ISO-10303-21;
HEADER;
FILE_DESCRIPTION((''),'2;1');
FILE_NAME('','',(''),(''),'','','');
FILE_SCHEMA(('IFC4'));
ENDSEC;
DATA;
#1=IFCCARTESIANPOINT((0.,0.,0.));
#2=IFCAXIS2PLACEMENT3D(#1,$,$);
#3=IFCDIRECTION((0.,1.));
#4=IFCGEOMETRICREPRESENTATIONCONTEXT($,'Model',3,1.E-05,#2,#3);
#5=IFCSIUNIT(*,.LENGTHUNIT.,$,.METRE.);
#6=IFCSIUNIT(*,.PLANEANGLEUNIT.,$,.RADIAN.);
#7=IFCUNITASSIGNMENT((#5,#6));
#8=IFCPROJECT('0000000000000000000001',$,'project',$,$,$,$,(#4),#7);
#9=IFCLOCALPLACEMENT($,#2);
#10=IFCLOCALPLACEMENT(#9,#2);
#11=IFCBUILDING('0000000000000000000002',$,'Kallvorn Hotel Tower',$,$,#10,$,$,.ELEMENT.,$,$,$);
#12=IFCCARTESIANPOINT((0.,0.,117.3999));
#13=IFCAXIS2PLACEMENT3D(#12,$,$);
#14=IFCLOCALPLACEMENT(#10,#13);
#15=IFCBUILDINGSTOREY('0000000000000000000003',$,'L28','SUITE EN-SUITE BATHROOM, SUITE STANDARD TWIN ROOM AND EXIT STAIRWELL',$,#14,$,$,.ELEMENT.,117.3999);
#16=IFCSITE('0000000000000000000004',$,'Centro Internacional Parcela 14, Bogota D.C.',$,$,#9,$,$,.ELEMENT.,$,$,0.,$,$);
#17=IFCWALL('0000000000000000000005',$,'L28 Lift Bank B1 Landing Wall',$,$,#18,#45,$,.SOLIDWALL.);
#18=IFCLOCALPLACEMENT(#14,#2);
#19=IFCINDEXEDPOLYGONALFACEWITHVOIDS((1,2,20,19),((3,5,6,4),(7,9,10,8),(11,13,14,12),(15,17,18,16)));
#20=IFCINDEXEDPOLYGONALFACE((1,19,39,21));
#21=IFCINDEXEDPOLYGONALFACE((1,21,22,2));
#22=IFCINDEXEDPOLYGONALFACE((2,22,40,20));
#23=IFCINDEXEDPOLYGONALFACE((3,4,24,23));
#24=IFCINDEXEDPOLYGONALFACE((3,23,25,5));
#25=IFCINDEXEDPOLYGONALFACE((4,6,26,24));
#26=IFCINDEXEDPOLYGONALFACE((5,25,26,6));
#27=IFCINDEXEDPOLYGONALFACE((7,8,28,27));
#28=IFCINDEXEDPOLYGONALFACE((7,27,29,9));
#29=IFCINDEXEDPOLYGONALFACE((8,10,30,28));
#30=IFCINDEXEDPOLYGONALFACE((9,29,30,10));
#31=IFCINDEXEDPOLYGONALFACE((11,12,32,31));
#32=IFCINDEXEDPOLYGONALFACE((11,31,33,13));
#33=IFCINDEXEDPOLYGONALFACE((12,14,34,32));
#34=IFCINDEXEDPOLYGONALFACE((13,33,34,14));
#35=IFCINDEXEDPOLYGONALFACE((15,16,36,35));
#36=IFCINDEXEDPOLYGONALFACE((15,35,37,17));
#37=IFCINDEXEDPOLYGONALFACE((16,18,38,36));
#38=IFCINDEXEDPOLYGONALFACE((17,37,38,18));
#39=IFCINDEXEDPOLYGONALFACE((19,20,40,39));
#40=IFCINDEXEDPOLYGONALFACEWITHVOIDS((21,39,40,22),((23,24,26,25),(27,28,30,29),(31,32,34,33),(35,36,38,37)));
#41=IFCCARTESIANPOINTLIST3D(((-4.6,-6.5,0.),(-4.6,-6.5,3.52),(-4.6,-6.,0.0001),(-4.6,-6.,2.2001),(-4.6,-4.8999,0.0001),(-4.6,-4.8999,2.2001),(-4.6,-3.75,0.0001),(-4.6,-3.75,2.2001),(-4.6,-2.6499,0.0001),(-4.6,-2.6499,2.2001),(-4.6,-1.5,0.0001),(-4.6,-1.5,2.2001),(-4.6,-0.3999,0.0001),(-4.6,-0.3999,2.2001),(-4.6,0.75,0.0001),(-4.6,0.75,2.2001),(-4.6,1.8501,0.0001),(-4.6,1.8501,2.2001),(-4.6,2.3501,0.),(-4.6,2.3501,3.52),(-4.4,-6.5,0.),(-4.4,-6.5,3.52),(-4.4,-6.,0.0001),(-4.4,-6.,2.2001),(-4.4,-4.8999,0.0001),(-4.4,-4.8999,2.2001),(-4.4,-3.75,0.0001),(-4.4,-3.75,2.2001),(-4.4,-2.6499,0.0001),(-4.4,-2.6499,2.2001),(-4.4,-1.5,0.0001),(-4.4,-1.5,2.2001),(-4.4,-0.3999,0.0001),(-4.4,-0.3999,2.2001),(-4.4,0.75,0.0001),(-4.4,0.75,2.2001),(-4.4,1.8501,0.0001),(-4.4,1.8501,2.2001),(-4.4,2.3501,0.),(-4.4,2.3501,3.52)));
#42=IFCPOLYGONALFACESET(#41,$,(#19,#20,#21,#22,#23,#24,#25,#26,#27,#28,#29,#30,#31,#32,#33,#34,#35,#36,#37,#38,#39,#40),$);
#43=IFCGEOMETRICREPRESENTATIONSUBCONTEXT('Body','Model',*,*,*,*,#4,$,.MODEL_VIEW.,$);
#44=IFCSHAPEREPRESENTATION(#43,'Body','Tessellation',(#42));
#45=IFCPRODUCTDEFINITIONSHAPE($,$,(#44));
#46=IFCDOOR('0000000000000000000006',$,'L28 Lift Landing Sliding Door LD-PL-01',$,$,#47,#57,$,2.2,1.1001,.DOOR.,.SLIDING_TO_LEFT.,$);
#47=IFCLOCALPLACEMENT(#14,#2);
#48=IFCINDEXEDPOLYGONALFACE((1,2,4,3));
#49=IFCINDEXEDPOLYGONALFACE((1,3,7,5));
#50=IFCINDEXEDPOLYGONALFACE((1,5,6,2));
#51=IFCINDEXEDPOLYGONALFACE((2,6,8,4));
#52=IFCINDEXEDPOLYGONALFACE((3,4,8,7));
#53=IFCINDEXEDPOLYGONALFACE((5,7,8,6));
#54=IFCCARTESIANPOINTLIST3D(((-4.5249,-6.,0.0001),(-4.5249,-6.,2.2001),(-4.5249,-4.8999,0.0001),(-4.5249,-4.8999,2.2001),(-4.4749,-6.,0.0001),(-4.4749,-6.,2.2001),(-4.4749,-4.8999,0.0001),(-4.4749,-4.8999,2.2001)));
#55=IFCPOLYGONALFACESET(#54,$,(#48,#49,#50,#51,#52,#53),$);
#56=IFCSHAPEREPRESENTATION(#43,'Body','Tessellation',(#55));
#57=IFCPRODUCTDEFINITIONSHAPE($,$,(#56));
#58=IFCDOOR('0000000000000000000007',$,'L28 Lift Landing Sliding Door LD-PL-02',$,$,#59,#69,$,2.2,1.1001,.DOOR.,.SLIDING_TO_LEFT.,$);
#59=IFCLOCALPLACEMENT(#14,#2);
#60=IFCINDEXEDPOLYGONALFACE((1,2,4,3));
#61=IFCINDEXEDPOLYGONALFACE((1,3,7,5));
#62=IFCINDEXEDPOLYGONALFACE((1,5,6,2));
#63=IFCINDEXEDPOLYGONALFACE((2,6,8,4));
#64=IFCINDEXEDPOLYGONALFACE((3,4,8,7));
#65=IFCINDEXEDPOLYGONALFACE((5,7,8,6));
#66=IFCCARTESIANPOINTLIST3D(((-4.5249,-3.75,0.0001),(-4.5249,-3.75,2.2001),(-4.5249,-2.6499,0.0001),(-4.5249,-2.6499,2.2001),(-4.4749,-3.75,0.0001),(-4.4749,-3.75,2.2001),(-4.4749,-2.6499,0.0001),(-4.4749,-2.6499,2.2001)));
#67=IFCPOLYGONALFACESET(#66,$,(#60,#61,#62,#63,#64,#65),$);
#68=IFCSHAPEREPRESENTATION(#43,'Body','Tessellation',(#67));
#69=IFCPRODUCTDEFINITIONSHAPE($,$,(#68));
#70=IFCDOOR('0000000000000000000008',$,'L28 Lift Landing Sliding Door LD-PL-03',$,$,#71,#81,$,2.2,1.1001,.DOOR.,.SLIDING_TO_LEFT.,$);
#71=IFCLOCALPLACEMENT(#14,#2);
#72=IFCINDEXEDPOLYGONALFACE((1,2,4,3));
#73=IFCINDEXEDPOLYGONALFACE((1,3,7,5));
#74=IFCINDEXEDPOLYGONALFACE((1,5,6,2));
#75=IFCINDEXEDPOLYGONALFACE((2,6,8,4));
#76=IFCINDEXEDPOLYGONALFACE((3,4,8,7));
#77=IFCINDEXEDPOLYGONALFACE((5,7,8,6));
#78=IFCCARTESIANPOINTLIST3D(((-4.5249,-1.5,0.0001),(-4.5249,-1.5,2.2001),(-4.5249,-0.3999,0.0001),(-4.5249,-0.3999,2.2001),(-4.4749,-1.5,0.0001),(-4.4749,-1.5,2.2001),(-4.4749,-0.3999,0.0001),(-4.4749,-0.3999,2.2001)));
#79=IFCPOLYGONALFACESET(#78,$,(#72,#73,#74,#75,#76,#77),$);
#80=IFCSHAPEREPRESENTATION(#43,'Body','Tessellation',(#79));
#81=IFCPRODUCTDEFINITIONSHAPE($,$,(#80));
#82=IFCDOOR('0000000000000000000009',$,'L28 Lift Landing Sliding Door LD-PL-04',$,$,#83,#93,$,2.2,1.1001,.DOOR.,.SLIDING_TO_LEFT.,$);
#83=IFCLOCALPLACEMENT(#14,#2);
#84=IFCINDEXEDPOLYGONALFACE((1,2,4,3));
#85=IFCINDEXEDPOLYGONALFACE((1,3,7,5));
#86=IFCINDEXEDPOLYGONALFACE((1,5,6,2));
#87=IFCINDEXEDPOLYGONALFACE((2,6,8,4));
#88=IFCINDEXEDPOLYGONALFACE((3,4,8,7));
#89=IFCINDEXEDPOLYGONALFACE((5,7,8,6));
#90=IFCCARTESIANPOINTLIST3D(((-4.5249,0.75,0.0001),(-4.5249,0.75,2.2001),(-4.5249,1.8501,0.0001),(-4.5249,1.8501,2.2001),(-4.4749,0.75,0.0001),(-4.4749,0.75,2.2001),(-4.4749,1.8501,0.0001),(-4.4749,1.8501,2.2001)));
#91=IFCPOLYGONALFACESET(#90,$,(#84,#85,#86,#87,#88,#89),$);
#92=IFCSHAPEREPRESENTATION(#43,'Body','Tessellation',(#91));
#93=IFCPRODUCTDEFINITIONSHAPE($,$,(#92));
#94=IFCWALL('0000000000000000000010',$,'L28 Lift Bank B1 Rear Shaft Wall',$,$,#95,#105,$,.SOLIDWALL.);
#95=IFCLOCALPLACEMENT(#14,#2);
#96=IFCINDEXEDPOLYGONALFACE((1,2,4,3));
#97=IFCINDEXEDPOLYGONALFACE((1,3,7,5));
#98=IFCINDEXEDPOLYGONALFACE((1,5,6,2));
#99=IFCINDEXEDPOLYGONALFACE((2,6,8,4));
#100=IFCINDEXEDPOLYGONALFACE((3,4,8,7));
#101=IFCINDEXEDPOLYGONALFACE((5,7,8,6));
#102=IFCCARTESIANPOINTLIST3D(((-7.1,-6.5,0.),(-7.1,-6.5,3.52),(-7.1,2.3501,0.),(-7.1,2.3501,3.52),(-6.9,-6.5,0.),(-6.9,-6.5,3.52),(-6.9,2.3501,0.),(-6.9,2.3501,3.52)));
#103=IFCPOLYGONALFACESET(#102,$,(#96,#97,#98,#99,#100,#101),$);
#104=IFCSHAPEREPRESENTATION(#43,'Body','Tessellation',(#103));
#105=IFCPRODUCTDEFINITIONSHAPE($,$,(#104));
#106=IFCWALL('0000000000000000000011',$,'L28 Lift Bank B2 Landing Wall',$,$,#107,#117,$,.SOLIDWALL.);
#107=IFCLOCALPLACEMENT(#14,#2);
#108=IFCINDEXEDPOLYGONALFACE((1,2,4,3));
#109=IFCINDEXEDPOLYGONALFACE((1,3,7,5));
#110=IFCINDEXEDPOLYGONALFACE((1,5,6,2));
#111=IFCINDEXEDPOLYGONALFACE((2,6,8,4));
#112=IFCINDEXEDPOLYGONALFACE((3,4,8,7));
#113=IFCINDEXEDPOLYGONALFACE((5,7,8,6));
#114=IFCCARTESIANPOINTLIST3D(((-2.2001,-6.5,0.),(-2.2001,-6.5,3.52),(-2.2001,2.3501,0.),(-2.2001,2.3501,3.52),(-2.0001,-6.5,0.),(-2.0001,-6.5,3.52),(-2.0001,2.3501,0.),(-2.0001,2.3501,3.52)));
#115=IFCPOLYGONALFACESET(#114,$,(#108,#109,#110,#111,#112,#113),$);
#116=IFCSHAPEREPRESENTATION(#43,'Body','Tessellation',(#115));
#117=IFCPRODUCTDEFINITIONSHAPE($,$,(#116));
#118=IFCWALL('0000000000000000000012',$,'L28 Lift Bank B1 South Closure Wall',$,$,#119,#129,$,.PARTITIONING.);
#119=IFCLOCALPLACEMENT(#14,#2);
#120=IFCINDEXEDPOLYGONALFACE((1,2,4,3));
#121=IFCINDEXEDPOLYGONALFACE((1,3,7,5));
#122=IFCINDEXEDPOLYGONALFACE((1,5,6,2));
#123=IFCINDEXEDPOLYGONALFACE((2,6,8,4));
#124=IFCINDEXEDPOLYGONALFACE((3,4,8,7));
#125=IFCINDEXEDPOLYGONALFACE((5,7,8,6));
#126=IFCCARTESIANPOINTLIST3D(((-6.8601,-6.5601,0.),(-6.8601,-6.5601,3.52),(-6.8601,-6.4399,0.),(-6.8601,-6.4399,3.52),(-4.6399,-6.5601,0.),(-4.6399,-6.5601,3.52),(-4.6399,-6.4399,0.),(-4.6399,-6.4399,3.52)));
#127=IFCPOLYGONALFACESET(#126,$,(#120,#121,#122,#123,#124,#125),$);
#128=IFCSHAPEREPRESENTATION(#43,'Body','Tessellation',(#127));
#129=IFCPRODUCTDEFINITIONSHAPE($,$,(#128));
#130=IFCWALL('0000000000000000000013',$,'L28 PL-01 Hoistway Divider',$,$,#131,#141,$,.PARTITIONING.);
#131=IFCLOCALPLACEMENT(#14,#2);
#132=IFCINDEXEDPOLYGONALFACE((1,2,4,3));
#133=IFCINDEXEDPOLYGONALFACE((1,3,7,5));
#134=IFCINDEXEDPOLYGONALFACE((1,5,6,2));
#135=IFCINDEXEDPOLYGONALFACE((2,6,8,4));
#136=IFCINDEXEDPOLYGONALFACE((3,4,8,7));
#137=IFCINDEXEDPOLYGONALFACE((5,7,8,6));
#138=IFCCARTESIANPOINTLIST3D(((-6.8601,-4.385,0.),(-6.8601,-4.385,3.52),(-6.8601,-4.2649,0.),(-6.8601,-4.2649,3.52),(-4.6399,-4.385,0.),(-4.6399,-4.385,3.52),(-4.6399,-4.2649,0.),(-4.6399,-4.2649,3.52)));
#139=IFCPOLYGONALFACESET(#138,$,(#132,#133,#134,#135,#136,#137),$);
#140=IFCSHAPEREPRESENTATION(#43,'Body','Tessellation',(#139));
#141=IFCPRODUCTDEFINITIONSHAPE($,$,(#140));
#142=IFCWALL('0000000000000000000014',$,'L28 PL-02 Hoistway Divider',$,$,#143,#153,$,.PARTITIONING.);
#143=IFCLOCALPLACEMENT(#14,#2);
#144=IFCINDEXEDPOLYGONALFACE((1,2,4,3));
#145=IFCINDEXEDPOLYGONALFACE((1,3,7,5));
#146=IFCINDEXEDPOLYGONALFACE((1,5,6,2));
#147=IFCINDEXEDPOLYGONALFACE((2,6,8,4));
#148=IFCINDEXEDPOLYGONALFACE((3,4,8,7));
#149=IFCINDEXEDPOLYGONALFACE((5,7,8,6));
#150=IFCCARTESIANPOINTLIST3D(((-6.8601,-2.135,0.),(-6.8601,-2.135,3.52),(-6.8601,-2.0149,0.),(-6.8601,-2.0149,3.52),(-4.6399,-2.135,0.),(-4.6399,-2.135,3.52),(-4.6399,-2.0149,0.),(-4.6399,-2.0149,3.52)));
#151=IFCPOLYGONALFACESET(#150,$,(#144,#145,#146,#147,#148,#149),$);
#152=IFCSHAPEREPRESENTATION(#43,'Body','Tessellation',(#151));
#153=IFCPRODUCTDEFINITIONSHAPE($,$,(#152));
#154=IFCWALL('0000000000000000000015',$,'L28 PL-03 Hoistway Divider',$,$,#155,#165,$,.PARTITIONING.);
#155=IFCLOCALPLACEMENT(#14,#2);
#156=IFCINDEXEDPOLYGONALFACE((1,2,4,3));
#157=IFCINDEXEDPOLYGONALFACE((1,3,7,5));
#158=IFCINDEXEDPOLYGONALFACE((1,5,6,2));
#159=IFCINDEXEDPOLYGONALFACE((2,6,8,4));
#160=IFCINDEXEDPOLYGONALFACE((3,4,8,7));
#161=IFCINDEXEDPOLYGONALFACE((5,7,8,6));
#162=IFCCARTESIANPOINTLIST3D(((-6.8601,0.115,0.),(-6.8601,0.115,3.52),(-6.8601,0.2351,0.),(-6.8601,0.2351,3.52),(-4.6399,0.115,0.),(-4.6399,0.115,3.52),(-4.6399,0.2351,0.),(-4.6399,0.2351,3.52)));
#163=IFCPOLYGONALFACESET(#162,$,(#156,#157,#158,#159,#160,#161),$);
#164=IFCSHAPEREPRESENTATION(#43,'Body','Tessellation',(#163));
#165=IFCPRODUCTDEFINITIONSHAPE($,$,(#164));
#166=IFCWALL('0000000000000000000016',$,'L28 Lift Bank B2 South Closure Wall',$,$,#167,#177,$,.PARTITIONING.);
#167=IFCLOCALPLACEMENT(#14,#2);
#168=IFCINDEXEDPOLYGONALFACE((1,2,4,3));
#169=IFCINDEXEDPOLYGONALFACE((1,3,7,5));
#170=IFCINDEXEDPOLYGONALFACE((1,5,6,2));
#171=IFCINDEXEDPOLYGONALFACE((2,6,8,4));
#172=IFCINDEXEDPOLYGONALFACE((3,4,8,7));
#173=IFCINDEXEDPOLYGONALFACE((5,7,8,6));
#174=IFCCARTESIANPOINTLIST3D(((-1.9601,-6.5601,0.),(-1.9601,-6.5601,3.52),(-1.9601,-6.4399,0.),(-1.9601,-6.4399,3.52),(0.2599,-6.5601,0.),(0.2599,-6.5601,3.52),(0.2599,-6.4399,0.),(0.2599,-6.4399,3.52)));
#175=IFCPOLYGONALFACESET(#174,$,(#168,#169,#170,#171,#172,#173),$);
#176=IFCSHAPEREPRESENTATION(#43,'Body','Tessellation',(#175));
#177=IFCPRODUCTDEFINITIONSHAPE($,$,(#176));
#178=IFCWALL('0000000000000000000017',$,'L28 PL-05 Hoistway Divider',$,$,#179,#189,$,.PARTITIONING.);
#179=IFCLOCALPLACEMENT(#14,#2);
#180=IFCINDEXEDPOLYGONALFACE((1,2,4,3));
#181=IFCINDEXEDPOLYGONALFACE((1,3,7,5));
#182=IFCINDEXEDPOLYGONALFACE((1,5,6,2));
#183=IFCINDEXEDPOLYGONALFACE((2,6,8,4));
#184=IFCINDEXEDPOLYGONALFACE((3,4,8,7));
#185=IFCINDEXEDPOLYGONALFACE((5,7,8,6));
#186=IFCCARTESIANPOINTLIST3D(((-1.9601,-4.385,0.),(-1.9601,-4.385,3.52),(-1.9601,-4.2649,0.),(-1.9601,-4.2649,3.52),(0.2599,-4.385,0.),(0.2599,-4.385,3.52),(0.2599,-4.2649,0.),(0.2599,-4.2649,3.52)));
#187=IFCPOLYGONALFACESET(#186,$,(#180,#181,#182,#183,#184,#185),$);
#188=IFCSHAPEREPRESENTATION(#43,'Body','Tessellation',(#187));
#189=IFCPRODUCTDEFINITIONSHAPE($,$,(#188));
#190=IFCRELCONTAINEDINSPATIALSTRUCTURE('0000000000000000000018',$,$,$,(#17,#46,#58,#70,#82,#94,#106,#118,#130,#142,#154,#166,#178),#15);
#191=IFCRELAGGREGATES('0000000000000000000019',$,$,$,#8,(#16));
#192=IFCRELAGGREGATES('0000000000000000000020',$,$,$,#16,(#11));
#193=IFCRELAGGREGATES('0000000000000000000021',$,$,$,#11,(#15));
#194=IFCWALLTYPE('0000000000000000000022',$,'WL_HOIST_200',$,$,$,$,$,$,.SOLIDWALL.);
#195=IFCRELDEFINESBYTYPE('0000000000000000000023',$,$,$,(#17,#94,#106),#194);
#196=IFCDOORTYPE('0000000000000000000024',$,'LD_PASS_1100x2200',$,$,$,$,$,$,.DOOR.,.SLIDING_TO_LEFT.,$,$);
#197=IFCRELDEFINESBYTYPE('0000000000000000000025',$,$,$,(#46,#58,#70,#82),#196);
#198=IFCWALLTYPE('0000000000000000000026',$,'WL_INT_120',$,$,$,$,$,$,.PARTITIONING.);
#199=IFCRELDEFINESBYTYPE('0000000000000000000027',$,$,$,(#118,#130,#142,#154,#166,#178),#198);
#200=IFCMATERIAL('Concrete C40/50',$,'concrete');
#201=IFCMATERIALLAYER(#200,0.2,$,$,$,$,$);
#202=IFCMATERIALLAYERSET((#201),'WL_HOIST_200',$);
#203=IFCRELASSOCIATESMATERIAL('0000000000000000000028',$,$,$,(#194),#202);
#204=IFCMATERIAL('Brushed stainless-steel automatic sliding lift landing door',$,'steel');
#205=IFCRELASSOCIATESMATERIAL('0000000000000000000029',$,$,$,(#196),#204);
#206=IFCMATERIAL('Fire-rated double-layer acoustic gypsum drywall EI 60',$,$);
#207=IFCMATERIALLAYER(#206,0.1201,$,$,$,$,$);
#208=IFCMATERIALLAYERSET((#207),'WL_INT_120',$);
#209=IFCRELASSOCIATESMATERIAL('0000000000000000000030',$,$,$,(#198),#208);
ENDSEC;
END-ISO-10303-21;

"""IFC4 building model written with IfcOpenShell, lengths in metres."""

from ifc_helpers import new_model, si_unit, direction, frame, frame_2d, origin, place, context, subcontext, project, spatial, rectangle, extrude, material, layer, layer_set, type_object, element, fill, save


model = new_model("IFC4")

# Units and contexts
model_context = context("Model", 3, precision=1e-05, world=origin(), true_north=direction((0.0, 1.0)))
body_context = subcontext(model_context, "Body", "Model", "MODEL_VIEW")
ifc_project = project(units=[si_unit("LENGTHUNIT", "METRE"), si_unit("PLANEANGLEUNIT", "RADIAN")], contexts=[model_context])

# Site, building, storey
site_placement = place(None, origin())
site = spatial("IfcSite", under=ifc_project, at=site_placement, Name="Centro Internacional Parcela 14, Bogota D.C.", CompositionType="ELEMENT", RefElevation=0.0)
building_placement = place(site_placement, origin())
building = spatial("IfcBuilding", under=site, at=building_placement, Name="Kallvorn Hotel Tower", CompositionType="ELEMENT")
storey_placement = place(building_placement, frame((0.0, 0.0, 117.3999)))
storey = spatial("IfcBuildingStorey", under=building, at=storey_placement, Name="L28", Description="SUITE EN-SUITE BATHROOM, SUITE STANDARD TWIN ROOM AND EXIT STAIRWELL", CompositionType="ELEMENT", Elevation=117.3999)

# Wall, openings, doors
ifc_material_1 = material(Name="Concrete C40/50", Category="concrete")
ifc_layer_1 = layer(ifc_material_1, 0.2)
ifc_layer_set_1 = layer_set([ifc_layer_1], Name="WL_HOIST_200")
wall_type_1 = type_object("IfcWallType", Name="WL_HOIST_200", PredefinedType="SOLIDWALL", material=ifc_layer_set_1)
wall_1_placement = place(storey_placement, frame((-4.5, -6.5, 0.0), z_axis=(0.0, 0.0, 1.0), x_axis=(0.0, 1.0, 0.0)))
wall_1 = element("IfcWall", 1, at=wall_1_placement, inside=storey, type_object=wall_type_1, Name="L28 Lift Bank B1 Landing Wall", PredefinedType="SOLIDWALL", context=body_context, shape_type="SweptSolid", body=[
    extrude(rectangle(XDim=8.8501, YDim=0.2, at=frame_2d((4.425, 0.0))), origin(), (0.0, 0.0, 1.0), 3.52),
])
opening_1_placement = place(wall_1_placement, frame((0.5, 0.0, 0.0)))
opening_1 = element("IfcOpeningElement", 2, at=opening_1_placement, cuts=wall_1, PredefinedType="OPENING", context=body_context, shape_type="SweptSolid", body=[
    extrude(rectangle(XDim=1.1001, YDim=2.2, at=frame_2d((0.55, 1.1001))), frame((0.0, 0.115, 0.0), z_axis=(0.0, -1.0, 0.0), x_axis=(1.0, 0.0, 0.0)), (0.0, 0.0, 1.0), 0.23),
])
opening_2_placement = place(wall_1_placement, frame((2.75, 0.0, 0.0)))
opening_2 = element("IfcOpeningElement", 3, at=opening_2_placement, cuts=wall_1, PredefinedType="OPENING", context=body_context, shape_type="SweptSolid", body=[
    extrude(rectangle(XDim=1.1001, YDim=2.2, at=frame_2d((0.55, 1.1001))), frame((0.0, 0.115, 0.0), z_axis=(0.0, -1.0, 0.0), x_axis=(1.0, 0.0, 0.0)), (0.0, 0.0, 1.0), 0.23),
])
opening_3_placement = place(wall_1_placement, frame((5.0, 0.0, 0.0)))
opening_3 = element("IfcOpeningElement", 4, at=opening_3_placement, cuts=wall_1, PredefinedType="OPENING", context=body_context, shape_type="SweptSolid", body=[
    extrude(rectangle(XDim=1.1001, YDim=2.2, at=frame_2d((0.55, 1.1001))), frame((0.0, 0.115, 0.0), z_axis=(0.0, -1.0, 0.0), x_axis=(1.0, 0.0, 0.0)), (0.0, 0.0, 1.0), 0.23),
])
opening_4_placement = place(wall_1_placement, frame((7.25, 0.0, 0.0)))
opening_4 = element("IfcOpeningElement", 5, at=opening_4_placement, cuts=wall_1, PredefinedType="OPENING", context=body_context, shape_type="SweptSolid", body=[
    extrude(rectangle(XDim=1.1001, YDim=2.2, at=frame_2d((0.55, 1.1001))), frame((0.0, 0.115, 0.0), z_axis=(0.0, -1.0, 0.0), x_axis=(1.0, 0.0, 0.0)), (0.0, 0.0, 1.0), 0.23),
])
ifc_material_2 = material(Name="Brushed stainless-steel automatic sliding lift landing door", Category="steel")
door_type = type_object("IfcDoorType", Name="LD_PASS_1100x2200", OperationType="SLIDING_TO_LEFT", PredefinedType="DOOR", material=ifc_material_2)
door_1_placement = place(opening_1_placement, origin())
door_1 = element("IfcDoor", 6, at=door_1_placement, inside=storey, type_object=door_type, Name="L28 Lift Landing Sliding Door LD-PL-01", OperationType="SLIDING_TO_LEFT", OverallHeight=2.2, OverallWidth=1.1001, PredefinedType="DOOR", context=body_context, shape_type="SweptSolid", body=[
    extrude(rectangle(XDim=1.1001, YDim=2.2, at=frame_2d((0.55, 1.1001))), frame((0.0, 0.0249, 0.0), z_axis=(0.0, -1.0, 0.0), x_axis=(1.0, 0.0, 0.0)), (0.0, 0.0, 1.0), 0.05),
])
fill(opening_1, door_1)
door_2_placement = place(opening_2_placement, origin())
door_2 = element("IfcDoor", 7, at=door_2_placement, inside=storey, type_object=door_type, Name="L28 Lift Landing Sliding Door LD-PL-02", OperationType="SLIDING_TO_LEFT", OverallHeight=2.2, OverallWidth=1.1001, PredefinedType="DOOR", context=body_context, shape_type="SweptSolid", body=[
    extrude(rectangle(XDim=1.1001, YDim=2.2, at=frame_2d((0.55, 1.1001))), frame((0.0, 0.0249, 0.0), z_axis=(0.0, -1.0, 0.0), x_axis=(1.0, 0.0, 0.0)), (0.0, 0.0, 1.0), 0.05),
])
fill(opening_2, door_2)
door_3_placement = place(opening_3_placement, origin())
door_3 = element("IfcDoor", 8, at=door_3_placement, inside=storey, type_object=door_type, Name="L28 Lift Landing Sliding Door LD-PL-03", OperationType="SLIDING_TO_LEFT", OverallHeight=2.2, OverallWidth=1.1001, PredefinedType="DOOR", context=body_context, shape_type="SweptSolid", body=[
    extrude(rectangle(XDim=1.1001, YDim=2.2, at=frame_2d((0.55, 1.1001))), frame((0.0, 0.0249, 0.0), z_axis=(0.0, -1.0, 0.0), x_axis=(1.0, 0.0, 0.0)), (0.0, 0.0, 1.0), 0.05),
])
fill(opening_3, door_3)
door_4_placement = place(opening_4_placement, origin())
door_4 = element("IfcDoor", 9, at=door_4_placement, inside=storey, type_object=door_type, Name="L28 Lift Landing Sliding Door LD-PL-04", OperationType="SLIDING_TO_LEFT", OverallHeight=2.2, OverallWidth=1.1001, PredefinedType="DOOR", context=body_context, shape_type="SweptSolid", body=[
    extrude(rectangle(XDim=1.1001, YDim=2.2, at=frame_2d((0.55, 1.1001))), frame((0.0, 0.0249, 0.0), z_axis=(0.0, -1.0, 0.0), x_axis=(1.0, 0.0, 0.0)), (0.0, 0.0, 1.0), 0.05),
])
fill(opening_4, door_4)

# Walls
for number, where, z_axis, x_axis, name in (
    (10, (-7.0, -6.5, 0.0), (0.0, 0.0, 1.0), (0.0, 1.0, 0.0), "L28 Lift Bank B1 Rear Shaft Wall"),
    (11, (-2.1001, -6.5, 0.0), (0.0, 0.0, 1.0), (0.0, 1.0, 0.0), "L28 Lift Bank B2 Landing Wall"),
):
    element("IfcWall", number, at=place(storey_placement, frame(where, z_axis=z_axis, x_axis=x_axis)), inside=storey, type_object=wall_type_1, Name=name, PredefinedType="SOLIDWALL", context=body_context, shape_type="SweptSolid", body=[
        extrude(rectangle(XDim=8.8501, YDim=0.2, at=frame_2d((4.425, 0.0))), origin(), (0.0, 0.0, 1.0), 3.52),
    ])
ifc_material_3 = material(Name="Fire-rated double-layer acoustic gypsum drywall EI 60")
ifc_layer_2 = layer(ifc_material_3, 0.1201)
ifc_layer_set_2 = layer_set([ifc_layer_2], Name="WL_INT_120")
wall_type_2 = type_object("IfcWallType", Name="WL_INT_120", PredefinedType="PARTITIONING", material=ifc_layer_set_2)
for number, where, z_axis, x_axis, name in (
    (12, (-6.8601, -6.5, 0.0), (0.0, 0.0, 1.0), (1.0, 0.0, 0.0), "L28 Lift Bank B1 South Closure Wall"),
    (13, (-6.8601, -4.325, 0.0), (0.0, 0.0, 1.0), (1.0, 0.0, 0.0), "L28 PL-01 Hoistway Divider"),
    (14, (-6.8601, -2.075, 0.0), (0.0, 0.0, 1.0), (1.0, 0.0, 0.0), "L28 PL-02 Hoistway Divider"),
    (15, (-6.8601, 0.175, 0.0), (0.0, 0.0, 1.0), (1.0, 0.0, 0.0), "L28 PL-03 Hoistway Divider"),
):
    element("IfcWall", number, at=place(storey_placement, frame(where, z_axis=z_axis, x_axis=x_axis)), inside=storey, type_object=wall_type_2, Name=name, PredefinedType="PARTITIONING", context=body_context, shape_type="SweptSolid", body=[
        extrude(rectangle(XDim=2.2202, YDim=0.1201, at=frame_2d((1.1101, 0.0))), origin(), (0.0, 0.0, 1.0), 3.52),
    ])
for number, where, z_axis, x_axis, name in (
    (16, (-1.96, -6.5, 0.0), (0.0, 0.0, 1.0), (1.0, 0.0, 0.0), "L28 Lift Bank B2 South Closure Wall"),
    (17, (-1.96, -4.325, 0.0), (0.0, 0.0, 1.0), (1.0, 0.0, 0.0), "L28 PL-05 Hoistway Divider"),
):
    element("IfcWall", number, at=place(storey_placement, frame(where, z_axis=z_axis, x_axis=x_axis)), inside=storey, type_object=wall_type_2, Name=name, PredefinedType="PARTITIONING", context=body_context, shape_type="SweptSolid", body=[
        extrude(rectangle(XDim=2.22, YDim=0.1201, at=frame_2d((1.1099, 0.0))), origin(), (0.0, 0.0, 1.0), 3.52),
    ])

save(model, "model.ifc")
